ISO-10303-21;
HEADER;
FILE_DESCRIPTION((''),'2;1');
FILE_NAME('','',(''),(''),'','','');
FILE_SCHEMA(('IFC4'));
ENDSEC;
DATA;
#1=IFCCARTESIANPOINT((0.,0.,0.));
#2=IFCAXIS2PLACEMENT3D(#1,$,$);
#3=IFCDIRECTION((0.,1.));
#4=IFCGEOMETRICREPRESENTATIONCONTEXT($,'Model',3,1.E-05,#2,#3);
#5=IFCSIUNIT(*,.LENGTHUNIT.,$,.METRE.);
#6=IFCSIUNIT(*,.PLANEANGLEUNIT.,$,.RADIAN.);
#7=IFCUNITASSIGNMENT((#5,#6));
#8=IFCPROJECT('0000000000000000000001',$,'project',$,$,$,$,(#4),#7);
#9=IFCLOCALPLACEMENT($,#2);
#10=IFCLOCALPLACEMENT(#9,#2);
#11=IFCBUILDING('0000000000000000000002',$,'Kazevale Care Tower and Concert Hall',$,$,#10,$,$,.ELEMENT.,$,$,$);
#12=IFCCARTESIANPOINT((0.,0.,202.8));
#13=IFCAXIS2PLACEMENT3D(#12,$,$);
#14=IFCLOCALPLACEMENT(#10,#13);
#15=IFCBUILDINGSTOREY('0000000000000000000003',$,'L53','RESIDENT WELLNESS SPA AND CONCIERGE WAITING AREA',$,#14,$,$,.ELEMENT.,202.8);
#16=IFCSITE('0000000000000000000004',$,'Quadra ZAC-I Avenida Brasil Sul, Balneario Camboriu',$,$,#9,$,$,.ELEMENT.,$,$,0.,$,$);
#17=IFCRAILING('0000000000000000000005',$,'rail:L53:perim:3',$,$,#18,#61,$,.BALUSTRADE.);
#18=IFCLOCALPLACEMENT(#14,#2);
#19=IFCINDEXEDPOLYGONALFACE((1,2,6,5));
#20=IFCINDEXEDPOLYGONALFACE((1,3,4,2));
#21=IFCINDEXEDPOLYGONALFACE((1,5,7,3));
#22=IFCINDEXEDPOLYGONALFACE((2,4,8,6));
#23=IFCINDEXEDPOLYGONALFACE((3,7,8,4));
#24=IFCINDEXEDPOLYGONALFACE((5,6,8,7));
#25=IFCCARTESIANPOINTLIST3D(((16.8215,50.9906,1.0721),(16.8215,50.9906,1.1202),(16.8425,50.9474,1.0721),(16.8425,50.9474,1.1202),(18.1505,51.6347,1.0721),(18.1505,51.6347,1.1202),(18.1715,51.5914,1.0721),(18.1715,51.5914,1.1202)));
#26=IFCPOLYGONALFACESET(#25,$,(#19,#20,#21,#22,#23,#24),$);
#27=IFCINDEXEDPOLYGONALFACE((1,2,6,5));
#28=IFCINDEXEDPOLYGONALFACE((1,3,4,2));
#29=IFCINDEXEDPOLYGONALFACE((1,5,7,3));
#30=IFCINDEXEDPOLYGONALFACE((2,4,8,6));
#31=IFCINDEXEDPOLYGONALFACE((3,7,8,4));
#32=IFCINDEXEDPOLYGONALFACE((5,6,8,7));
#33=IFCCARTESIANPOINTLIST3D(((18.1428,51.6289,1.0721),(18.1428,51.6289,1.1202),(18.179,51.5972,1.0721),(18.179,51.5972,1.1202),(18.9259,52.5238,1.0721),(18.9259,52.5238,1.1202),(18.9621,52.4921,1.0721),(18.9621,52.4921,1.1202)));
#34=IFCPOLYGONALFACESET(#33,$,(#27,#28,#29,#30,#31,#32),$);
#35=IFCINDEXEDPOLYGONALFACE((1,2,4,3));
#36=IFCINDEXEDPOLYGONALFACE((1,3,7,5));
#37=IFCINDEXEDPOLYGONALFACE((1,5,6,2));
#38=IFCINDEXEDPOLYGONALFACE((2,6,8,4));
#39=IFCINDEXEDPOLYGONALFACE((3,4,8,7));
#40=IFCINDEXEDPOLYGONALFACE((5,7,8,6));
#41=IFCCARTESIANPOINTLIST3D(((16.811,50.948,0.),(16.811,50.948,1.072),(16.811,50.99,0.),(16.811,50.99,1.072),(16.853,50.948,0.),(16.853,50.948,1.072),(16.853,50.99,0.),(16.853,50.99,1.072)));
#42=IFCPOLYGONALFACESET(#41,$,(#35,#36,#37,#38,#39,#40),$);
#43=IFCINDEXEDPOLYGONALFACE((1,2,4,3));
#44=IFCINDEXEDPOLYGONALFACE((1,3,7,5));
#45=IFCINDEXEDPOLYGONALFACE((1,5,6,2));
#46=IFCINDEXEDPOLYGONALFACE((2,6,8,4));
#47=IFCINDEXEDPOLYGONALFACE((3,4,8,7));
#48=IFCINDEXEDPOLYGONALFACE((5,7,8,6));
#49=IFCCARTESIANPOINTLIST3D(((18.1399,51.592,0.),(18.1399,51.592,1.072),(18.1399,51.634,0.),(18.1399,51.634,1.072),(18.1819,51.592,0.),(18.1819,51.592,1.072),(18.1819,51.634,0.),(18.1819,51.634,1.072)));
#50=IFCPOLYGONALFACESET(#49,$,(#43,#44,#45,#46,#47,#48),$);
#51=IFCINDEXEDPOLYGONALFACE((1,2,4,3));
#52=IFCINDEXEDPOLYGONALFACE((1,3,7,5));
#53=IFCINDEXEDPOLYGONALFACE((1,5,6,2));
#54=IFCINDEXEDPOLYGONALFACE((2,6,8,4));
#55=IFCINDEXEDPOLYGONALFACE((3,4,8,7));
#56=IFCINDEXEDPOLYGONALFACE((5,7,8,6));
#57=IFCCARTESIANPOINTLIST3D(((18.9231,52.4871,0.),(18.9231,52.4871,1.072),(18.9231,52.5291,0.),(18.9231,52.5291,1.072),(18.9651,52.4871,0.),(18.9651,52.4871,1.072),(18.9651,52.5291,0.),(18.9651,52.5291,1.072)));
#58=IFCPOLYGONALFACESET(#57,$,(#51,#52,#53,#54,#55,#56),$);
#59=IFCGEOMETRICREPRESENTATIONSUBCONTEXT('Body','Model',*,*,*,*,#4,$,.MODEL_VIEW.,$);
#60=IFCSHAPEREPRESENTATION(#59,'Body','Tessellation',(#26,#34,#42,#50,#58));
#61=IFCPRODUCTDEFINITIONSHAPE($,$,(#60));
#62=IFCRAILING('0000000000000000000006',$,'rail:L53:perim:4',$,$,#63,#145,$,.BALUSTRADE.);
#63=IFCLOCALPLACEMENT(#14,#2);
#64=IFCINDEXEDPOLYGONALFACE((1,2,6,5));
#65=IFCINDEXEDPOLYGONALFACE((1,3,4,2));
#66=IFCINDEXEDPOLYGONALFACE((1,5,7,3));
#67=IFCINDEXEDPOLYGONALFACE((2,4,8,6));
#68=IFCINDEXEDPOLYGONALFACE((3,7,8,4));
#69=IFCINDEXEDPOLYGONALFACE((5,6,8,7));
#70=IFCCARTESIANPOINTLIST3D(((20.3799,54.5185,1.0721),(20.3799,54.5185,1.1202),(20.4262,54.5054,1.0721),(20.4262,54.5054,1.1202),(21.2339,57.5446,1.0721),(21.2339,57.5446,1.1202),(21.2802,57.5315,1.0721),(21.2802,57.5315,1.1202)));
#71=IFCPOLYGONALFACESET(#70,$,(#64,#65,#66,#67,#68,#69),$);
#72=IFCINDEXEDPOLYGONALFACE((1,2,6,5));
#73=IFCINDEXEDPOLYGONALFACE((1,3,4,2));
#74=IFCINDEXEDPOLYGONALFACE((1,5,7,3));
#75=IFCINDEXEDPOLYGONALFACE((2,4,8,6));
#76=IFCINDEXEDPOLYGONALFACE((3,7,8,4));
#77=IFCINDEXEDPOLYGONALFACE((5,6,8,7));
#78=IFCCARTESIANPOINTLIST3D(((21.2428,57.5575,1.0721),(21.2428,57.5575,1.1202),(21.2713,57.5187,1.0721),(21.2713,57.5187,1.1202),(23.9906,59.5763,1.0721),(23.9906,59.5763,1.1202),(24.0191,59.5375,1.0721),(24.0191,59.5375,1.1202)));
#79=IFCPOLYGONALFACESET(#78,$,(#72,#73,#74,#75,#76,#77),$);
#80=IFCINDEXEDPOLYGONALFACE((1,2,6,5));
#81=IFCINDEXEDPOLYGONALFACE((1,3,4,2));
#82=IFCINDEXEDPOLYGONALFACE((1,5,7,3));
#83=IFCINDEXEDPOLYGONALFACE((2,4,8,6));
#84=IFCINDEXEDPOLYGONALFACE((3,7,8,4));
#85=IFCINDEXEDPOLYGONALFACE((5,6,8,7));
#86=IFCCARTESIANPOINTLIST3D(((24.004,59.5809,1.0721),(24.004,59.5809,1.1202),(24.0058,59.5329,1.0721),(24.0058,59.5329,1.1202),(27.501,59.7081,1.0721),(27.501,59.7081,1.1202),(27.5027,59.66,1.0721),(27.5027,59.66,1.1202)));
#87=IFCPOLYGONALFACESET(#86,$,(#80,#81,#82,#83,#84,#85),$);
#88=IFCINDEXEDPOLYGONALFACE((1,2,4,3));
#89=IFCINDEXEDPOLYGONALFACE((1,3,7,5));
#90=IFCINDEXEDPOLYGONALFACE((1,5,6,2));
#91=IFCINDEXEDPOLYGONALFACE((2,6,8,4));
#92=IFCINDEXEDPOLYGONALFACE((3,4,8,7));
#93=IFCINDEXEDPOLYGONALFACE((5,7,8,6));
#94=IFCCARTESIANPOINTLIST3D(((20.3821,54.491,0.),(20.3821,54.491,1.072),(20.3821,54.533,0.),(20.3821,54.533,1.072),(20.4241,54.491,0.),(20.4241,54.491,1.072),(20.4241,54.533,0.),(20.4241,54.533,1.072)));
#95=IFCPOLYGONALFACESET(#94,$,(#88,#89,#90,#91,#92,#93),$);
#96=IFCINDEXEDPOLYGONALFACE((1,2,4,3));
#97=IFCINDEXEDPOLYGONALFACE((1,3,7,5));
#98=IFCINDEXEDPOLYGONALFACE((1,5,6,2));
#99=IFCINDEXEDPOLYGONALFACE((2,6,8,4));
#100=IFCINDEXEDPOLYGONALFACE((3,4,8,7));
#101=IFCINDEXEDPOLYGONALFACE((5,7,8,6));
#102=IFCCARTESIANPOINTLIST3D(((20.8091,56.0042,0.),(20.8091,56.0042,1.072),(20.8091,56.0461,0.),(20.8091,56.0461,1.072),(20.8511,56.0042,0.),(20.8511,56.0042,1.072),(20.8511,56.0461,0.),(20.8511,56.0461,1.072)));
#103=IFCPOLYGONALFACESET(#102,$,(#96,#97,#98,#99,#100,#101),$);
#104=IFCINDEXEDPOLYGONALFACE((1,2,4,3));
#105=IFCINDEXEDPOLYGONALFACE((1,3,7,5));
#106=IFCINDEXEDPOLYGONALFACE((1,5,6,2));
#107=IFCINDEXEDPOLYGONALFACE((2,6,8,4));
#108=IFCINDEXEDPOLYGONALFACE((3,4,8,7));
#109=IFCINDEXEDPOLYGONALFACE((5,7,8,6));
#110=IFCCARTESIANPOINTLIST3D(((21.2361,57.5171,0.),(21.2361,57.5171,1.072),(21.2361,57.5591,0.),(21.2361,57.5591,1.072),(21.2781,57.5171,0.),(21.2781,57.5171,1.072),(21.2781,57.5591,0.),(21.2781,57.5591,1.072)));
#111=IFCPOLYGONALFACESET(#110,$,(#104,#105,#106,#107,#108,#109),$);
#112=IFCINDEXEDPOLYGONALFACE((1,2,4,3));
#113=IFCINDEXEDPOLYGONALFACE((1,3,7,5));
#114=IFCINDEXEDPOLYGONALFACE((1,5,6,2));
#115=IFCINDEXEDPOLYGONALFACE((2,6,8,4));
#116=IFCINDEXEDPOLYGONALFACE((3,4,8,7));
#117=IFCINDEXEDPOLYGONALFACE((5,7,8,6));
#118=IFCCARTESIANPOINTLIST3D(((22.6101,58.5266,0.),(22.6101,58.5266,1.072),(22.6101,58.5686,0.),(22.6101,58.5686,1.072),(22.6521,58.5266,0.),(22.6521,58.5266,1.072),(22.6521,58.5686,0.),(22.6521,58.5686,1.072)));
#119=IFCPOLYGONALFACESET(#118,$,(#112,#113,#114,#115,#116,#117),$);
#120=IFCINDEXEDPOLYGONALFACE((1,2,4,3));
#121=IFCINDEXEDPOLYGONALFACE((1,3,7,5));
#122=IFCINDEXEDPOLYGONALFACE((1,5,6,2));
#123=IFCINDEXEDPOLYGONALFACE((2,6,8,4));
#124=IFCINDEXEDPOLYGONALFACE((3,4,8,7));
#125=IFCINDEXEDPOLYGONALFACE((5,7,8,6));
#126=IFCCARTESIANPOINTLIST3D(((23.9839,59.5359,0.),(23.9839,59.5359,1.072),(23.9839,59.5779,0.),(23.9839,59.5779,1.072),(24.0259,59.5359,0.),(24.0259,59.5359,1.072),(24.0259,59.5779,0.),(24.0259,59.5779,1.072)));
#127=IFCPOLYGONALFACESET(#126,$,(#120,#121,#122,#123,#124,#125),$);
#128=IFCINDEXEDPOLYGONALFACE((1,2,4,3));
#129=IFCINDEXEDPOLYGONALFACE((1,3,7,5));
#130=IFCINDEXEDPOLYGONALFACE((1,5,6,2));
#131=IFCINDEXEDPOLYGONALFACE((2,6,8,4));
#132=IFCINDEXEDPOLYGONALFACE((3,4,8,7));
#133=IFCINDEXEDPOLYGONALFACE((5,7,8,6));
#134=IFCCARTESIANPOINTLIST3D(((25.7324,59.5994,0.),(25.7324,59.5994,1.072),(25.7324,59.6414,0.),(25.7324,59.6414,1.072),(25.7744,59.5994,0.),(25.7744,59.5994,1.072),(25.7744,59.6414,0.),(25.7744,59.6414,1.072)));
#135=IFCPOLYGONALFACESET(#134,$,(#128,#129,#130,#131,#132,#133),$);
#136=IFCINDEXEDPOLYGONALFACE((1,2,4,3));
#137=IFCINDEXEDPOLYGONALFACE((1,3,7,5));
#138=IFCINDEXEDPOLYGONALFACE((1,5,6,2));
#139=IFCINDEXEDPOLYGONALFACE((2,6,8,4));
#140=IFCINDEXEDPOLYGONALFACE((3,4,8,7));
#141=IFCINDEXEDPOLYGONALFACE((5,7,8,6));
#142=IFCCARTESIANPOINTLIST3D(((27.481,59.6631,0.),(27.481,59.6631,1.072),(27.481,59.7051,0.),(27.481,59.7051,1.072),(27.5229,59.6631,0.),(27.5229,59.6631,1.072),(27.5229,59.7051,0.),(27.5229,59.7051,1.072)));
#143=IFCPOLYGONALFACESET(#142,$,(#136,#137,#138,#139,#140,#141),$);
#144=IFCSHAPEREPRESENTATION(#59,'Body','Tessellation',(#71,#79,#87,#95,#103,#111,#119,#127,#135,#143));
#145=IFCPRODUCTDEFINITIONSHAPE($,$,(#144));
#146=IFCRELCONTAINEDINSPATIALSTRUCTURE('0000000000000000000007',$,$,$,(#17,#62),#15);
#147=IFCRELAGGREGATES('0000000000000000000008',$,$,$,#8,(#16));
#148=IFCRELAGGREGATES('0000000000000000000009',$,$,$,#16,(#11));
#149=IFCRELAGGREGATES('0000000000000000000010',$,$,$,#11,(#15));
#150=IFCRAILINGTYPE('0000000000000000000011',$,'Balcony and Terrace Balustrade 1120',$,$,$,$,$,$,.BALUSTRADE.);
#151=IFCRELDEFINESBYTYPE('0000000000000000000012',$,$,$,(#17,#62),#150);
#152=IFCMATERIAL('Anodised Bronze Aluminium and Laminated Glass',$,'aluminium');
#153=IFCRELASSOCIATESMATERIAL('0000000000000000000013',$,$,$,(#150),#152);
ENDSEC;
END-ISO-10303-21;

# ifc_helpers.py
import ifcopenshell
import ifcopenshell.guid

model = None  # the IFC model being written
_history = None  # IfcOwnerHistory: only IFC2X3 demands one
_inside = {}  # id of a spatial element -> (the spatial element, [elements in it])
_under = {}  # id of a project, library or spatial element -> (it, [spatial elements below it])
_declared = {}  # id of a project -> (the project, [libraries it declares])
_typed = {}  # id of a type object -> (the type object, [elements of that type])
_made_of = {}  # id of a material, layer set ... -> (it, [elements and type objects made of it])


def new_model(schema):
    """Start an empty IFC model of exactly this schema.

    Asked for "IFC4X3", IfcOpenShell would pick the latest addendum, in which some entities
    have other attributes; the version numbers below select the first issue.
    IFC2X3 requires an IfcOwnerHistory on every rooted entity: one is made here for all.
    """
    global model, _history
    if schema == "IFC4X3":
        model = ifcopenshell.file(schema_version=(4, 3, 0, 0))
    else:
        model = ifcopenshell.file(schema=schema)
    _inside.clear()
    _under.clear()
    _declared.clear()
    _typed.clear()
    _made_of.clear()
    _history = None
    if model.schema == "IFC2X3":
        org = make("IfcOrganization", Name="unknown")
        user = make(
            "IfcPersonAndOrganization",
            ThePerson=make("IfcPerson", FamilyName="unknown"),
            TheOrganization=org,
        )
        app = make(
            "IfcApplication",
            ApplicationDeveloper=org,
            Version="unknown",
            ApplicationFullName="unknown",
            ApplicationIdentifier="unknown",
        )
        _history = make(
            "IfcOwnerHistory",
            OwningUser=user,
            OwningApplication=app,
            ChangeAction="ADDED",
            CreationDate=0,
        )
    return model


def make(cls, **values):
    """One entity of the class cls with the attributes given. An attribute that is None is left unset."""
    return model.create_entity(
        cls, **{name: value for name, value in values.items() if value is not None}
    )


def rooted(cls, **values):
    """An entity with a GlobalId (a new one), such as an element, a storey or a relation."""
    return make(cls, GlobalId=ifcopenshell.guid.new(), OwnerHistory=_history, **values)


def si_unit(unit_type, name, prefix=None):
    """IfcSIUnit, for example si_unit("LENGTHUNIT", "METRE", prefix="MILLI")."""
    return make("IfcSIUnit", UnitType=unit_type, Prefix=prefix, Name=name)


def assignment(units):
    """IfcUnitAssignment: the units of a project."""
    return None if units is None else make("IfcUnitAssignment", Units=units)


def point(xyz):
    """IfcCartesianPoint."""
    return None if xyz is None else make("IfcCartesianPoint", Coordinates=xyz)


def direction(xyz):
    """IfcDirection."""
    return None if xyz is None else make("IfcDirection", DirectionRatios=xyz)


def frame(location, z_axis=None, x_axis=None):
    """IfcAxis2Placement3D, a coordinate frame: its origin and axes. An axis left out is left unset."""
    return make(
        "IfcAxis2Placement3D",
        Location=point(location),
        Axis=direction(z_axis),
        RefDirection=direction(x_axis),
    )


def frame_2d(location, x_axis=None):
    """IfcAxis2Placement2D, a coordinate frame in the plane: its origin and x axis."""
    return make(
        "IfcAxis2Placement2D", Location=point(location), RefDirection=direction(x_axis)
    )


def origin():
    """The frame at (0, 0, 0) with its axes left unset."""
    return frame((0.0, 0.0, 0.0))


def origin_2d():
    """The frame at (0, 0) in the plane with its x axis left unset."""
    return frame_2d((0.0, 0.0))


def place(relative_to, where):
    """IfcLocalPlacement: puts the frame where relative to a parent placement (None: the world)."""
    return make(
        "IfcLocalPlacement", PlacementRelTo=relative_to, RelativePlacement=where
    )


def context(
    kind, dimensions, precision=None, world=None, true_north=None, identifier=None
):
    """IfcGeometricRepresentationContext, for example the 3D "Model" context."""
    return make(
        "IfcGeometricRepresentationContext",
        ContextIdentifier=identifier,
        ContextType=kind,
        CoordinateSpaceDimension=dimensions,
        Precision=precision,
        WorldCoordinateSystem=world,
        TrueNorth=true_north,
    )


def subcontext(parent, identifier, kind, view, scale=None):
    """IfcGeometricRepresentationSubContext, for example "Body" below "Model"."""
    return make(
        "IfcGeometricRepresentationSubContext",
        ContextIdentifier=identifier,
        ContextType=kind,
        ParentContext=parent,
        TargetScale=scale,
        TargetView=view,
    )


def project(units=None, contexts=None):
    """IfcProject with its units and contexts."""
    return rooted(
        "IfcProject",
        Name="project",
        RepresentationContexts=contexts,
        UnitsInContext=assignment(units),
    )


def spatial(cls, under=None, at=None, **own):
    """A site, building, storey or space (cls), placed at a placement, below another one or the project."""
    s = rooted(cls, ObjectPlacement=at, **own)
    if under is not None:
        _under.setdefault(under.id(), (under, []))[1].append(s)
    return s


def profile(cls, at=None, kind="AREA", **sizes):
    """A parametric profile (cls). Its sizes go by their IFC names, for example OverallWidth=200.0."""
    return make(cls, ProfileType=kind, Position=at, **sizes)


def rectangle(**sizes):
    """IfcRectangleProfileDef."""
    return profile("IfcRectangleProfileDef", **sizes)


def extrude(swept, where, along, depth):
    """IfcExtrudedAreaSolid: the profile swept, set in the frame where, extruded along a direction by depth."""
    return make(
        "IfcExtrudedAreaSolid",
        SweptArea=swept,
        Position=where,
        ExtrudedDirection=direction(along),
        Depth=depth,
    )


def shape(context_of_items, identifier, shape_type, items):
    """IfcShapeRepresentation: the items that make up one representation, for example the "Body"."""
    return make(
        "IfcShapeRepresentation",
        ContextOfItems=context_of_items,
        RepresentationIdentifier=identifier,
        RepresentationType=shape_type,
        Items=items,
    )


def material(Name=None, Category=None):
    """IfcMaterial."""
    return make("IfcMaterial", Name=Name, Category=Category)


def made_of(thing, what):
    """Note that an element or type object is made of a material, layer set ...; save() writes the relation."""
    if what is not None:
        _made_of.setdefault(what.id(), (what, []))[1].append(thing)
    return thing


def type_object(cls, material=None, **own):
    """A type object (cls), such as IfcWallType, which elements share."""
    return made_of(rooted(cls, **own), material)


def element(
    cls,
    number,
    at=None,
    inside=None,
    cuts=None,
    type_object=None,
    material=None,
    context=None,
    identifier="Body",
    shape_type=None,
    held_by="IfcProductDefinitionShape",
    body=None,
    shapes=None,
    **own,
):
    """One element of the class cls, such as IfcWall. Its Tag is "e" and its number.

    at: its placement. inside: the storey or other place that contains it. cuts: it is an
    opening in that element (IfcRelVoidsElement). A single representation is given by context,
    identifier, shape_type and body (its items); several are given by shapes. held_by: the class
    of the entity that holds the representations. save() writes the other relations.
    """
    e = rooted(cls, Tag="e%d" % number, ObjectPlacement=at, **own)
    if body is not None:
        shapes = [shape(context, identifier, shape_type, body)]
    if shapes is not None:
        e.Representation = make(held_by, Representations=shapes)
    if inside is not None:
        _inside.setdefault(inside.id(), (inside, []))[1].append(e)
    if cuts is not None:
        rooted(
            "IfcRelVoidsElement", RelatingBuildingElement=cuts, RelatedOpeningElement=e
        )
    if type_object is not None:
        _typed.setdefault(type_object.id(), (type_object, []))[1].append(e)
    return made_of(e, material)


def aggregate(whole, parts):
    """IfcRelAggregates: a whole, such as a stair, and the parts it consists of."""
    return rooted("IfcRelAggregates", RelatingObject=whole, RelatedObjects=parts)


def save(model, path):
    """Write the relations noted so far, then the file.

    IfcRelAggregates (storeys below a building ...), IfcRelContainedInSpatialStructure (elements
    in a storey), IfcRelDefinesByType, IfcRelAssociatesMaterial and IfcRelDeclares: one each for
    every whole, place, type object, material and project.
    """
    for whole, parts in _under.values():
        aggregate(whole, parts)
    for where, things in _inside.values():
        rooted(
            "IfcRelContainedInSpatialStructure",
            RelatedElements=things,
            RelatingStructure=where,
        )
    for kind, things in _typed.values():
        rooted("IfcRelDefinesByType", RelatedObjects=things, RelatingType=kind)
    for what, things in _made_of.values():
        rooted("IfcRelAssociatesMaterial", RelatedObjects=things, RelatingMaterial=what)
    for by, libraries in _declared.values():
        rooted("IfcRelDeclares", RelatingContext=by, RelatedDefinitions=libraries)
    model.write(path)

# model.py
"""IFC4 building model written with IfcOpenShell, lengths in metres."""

from ifc_helpers import new_model, si_unit, direction, frame, origin, origin_2d, place, context, subcontext, project, spatial, rectangle, extrude, material, type_object, element, save


model = new_model("IFC4")

# Units and contexts
model_context = context("Model", 3, precision=1e-05, world=origin(), true_north=direction((0.0, 1.0)))
body_context = subcontext(model_context, "Body", "Model", "MODEL_VIEW")
ifc_project = project(units=[si_unit("LENGTHUNIT", "METRE"), si_unit("PLANEANGLEUNIT", "RADIAN")], contexts=[model_context])

# Site, building, storey
site_placement = place(None, origin())
site = spatial("IfcSite", under=ifc_project, at=site_placement, Name="Quadra ZAC-I Avenida Brasil Sul, Balneario Camboriu", CompositionType="ELEMENT", RefElevation=0.0)
building_placement = place(site_placement, origin())
building = spatial("IfcBuilding", under=site, at=building_placement, Name="Kazevale Care Tower and Concert Hall", CompositionType="ELEMENT")
storey_placement = place(building_placement, frame((0.0, 0.0, 202.8)))
storey = spatial("IfcBuildingStorey", under=building, at=storey_placement, Name="L53", Description="RESIDENT WELLNESS SPA AND CONCIERGE WAITING AREA", CompositionType="ELEMENT", Elevation=202.8)

# Railings
ifc_material_1 = material(Name="Anodised Bronze Aluminium and Laminated Glass", Category="aluminium")
railing_type = type_object("IfcRailingType", Name="Balcony and Terrace Balustrade 1120", PredefinedType="BALUSTRADE", material=ifc_material_1)
railing_1_placement = place(storey_placement, frame((16.832, 50.969, 0.0)))
element("IfcRailing", 1, at=railing_1_placement, inside=storey, type_object=railing_type, Name="rail:L53:perim:3", PredefinedType="BALUSTRADE", context=body_context, shape_type="SweptSolid", body=[
    extrude(rectangle(XDim=0.0481, YDim=0.0481, at=origin_2d()), frame((0.0, 0.0, 1.0962), z_axis=(0.899881, 0.436136, 0.0), x_axis=(-0.436136, 0.899881, 0.0)), (0.0, 0.0, 1.0), 1.4768),
    extrude(rectangle(XDim=0.0481, YDim=0.0481, at=origin_2d()), frame((1.3289, 0.644, 1.0962), z_axis=(0.658534, 0.752551, 0.0), x_axis=(-0.752551, 0.658534, 0.0)), (0.0, 0.0, 1.0), 1.1892),
    extrude(rectangle(XDim=0.042, YDim=0.042, at=origin_2d()), origin(), (0.0, 0.0, 1.0), 1.072),
    extrude(rectangle(XDim=0.042, YDim=0.042, at=origin_2d()), frame((1.3289, 0.644, 0.0)), (0.0, 0.0, 1.0), 1.072),
    extrude(rectangle(XDim=0.042, YDim=0.042, at=origin_2d()), frame((2.1121, 1.5391, 0.0)), (0.0, 0.0, 1.0), 1.072),
])
railing_2_placement = place(storey_placement, frame((20.4031, 54.512, 0.0)))
element("IfcRailing", 2, at=railing_2_placement, inside=storey, type_object=railing_type, Name="rail:L53:perim:4", PredefinedType="BALUSTRADE", context=body_context, shape_type="SweptSolid", body=[
    extrude(rectangle(XDim=0.0481, YDim=0.0481, at=origin_2d()), frame((0.0, 0.0, 1.0962), z_axis=(0.271602, 0.96241, 0.0), x_axis=(-0.96241, 0.271602, 0.0)), (0.0, 0.0, 1.0), 3.1443),
    extrude(rectangle(XDim=0.0481, YDim=0.0481, at=origin_2d()), frame((0.854, 3.0261, 1.0962), z_axis=(0.805881, 0.592077, 0.0), x_axis=(-0.592077, 0.805881, 0.0)), (0.0, 0.0, 1.0), 3.4097),
    extrude(rectangle(XDim=0.0481, YDim=0.0481, at=origin_2d()), frame((3.6018, 5.0449, 1.0962), z_axis=(0.999339, 0.036348, 0.0), x_axis=(-0.036348, 0.999339, 0.0)), (0.0, 0.0, 1.0), 3.4993),
    extrude(rectangle(XDim=0.042, YDim=0.042, at=origin_2d()), origin(), (0.0, 0.0, 1.0), 1.072),
    extrude(rectangle(XDim=0.042, YDim=0.042, at=origin_2d()), frame((0.427, 1.5132, 0.0)), (0.0, 0.0, 1.0), 1.072),
    extrude(rectangle(XDim=0.042, YDim=0.042, at=origin_2d()), frame((0.854, 3.0261, 0.0)), (0.0, 0.0, 1.0), 1.072),
    extrude(rectangle(XDim=0.042, YDim=0.042, at=origin_2d()), frame((2.228, 4.0356, 0.0)), (0.0, 0.0, 1.0), 1.072),
    extrude(rectangle(XDim=0.042, YDim=0.042, at=origin_2d()), frame((3.6018, 5.0449, 0.0)), (0.0, 0.0, 1.0), 1.072),
    extrude(rectangle(XDim=0.042, YDim=0.042, at=origin_2d()), frame((5.3503, 5.1084, 0.0)), (0.0, 0.0, 1.0), 1.072),
    extrude(rectangle(XDim=0.042, YDim=0.042, at=origin_2d()), frame((7.0989, 5.1721, 0.0)), (0.0, 0.0, 1.0), 1.072),
])

save(model, "model.ifc")
